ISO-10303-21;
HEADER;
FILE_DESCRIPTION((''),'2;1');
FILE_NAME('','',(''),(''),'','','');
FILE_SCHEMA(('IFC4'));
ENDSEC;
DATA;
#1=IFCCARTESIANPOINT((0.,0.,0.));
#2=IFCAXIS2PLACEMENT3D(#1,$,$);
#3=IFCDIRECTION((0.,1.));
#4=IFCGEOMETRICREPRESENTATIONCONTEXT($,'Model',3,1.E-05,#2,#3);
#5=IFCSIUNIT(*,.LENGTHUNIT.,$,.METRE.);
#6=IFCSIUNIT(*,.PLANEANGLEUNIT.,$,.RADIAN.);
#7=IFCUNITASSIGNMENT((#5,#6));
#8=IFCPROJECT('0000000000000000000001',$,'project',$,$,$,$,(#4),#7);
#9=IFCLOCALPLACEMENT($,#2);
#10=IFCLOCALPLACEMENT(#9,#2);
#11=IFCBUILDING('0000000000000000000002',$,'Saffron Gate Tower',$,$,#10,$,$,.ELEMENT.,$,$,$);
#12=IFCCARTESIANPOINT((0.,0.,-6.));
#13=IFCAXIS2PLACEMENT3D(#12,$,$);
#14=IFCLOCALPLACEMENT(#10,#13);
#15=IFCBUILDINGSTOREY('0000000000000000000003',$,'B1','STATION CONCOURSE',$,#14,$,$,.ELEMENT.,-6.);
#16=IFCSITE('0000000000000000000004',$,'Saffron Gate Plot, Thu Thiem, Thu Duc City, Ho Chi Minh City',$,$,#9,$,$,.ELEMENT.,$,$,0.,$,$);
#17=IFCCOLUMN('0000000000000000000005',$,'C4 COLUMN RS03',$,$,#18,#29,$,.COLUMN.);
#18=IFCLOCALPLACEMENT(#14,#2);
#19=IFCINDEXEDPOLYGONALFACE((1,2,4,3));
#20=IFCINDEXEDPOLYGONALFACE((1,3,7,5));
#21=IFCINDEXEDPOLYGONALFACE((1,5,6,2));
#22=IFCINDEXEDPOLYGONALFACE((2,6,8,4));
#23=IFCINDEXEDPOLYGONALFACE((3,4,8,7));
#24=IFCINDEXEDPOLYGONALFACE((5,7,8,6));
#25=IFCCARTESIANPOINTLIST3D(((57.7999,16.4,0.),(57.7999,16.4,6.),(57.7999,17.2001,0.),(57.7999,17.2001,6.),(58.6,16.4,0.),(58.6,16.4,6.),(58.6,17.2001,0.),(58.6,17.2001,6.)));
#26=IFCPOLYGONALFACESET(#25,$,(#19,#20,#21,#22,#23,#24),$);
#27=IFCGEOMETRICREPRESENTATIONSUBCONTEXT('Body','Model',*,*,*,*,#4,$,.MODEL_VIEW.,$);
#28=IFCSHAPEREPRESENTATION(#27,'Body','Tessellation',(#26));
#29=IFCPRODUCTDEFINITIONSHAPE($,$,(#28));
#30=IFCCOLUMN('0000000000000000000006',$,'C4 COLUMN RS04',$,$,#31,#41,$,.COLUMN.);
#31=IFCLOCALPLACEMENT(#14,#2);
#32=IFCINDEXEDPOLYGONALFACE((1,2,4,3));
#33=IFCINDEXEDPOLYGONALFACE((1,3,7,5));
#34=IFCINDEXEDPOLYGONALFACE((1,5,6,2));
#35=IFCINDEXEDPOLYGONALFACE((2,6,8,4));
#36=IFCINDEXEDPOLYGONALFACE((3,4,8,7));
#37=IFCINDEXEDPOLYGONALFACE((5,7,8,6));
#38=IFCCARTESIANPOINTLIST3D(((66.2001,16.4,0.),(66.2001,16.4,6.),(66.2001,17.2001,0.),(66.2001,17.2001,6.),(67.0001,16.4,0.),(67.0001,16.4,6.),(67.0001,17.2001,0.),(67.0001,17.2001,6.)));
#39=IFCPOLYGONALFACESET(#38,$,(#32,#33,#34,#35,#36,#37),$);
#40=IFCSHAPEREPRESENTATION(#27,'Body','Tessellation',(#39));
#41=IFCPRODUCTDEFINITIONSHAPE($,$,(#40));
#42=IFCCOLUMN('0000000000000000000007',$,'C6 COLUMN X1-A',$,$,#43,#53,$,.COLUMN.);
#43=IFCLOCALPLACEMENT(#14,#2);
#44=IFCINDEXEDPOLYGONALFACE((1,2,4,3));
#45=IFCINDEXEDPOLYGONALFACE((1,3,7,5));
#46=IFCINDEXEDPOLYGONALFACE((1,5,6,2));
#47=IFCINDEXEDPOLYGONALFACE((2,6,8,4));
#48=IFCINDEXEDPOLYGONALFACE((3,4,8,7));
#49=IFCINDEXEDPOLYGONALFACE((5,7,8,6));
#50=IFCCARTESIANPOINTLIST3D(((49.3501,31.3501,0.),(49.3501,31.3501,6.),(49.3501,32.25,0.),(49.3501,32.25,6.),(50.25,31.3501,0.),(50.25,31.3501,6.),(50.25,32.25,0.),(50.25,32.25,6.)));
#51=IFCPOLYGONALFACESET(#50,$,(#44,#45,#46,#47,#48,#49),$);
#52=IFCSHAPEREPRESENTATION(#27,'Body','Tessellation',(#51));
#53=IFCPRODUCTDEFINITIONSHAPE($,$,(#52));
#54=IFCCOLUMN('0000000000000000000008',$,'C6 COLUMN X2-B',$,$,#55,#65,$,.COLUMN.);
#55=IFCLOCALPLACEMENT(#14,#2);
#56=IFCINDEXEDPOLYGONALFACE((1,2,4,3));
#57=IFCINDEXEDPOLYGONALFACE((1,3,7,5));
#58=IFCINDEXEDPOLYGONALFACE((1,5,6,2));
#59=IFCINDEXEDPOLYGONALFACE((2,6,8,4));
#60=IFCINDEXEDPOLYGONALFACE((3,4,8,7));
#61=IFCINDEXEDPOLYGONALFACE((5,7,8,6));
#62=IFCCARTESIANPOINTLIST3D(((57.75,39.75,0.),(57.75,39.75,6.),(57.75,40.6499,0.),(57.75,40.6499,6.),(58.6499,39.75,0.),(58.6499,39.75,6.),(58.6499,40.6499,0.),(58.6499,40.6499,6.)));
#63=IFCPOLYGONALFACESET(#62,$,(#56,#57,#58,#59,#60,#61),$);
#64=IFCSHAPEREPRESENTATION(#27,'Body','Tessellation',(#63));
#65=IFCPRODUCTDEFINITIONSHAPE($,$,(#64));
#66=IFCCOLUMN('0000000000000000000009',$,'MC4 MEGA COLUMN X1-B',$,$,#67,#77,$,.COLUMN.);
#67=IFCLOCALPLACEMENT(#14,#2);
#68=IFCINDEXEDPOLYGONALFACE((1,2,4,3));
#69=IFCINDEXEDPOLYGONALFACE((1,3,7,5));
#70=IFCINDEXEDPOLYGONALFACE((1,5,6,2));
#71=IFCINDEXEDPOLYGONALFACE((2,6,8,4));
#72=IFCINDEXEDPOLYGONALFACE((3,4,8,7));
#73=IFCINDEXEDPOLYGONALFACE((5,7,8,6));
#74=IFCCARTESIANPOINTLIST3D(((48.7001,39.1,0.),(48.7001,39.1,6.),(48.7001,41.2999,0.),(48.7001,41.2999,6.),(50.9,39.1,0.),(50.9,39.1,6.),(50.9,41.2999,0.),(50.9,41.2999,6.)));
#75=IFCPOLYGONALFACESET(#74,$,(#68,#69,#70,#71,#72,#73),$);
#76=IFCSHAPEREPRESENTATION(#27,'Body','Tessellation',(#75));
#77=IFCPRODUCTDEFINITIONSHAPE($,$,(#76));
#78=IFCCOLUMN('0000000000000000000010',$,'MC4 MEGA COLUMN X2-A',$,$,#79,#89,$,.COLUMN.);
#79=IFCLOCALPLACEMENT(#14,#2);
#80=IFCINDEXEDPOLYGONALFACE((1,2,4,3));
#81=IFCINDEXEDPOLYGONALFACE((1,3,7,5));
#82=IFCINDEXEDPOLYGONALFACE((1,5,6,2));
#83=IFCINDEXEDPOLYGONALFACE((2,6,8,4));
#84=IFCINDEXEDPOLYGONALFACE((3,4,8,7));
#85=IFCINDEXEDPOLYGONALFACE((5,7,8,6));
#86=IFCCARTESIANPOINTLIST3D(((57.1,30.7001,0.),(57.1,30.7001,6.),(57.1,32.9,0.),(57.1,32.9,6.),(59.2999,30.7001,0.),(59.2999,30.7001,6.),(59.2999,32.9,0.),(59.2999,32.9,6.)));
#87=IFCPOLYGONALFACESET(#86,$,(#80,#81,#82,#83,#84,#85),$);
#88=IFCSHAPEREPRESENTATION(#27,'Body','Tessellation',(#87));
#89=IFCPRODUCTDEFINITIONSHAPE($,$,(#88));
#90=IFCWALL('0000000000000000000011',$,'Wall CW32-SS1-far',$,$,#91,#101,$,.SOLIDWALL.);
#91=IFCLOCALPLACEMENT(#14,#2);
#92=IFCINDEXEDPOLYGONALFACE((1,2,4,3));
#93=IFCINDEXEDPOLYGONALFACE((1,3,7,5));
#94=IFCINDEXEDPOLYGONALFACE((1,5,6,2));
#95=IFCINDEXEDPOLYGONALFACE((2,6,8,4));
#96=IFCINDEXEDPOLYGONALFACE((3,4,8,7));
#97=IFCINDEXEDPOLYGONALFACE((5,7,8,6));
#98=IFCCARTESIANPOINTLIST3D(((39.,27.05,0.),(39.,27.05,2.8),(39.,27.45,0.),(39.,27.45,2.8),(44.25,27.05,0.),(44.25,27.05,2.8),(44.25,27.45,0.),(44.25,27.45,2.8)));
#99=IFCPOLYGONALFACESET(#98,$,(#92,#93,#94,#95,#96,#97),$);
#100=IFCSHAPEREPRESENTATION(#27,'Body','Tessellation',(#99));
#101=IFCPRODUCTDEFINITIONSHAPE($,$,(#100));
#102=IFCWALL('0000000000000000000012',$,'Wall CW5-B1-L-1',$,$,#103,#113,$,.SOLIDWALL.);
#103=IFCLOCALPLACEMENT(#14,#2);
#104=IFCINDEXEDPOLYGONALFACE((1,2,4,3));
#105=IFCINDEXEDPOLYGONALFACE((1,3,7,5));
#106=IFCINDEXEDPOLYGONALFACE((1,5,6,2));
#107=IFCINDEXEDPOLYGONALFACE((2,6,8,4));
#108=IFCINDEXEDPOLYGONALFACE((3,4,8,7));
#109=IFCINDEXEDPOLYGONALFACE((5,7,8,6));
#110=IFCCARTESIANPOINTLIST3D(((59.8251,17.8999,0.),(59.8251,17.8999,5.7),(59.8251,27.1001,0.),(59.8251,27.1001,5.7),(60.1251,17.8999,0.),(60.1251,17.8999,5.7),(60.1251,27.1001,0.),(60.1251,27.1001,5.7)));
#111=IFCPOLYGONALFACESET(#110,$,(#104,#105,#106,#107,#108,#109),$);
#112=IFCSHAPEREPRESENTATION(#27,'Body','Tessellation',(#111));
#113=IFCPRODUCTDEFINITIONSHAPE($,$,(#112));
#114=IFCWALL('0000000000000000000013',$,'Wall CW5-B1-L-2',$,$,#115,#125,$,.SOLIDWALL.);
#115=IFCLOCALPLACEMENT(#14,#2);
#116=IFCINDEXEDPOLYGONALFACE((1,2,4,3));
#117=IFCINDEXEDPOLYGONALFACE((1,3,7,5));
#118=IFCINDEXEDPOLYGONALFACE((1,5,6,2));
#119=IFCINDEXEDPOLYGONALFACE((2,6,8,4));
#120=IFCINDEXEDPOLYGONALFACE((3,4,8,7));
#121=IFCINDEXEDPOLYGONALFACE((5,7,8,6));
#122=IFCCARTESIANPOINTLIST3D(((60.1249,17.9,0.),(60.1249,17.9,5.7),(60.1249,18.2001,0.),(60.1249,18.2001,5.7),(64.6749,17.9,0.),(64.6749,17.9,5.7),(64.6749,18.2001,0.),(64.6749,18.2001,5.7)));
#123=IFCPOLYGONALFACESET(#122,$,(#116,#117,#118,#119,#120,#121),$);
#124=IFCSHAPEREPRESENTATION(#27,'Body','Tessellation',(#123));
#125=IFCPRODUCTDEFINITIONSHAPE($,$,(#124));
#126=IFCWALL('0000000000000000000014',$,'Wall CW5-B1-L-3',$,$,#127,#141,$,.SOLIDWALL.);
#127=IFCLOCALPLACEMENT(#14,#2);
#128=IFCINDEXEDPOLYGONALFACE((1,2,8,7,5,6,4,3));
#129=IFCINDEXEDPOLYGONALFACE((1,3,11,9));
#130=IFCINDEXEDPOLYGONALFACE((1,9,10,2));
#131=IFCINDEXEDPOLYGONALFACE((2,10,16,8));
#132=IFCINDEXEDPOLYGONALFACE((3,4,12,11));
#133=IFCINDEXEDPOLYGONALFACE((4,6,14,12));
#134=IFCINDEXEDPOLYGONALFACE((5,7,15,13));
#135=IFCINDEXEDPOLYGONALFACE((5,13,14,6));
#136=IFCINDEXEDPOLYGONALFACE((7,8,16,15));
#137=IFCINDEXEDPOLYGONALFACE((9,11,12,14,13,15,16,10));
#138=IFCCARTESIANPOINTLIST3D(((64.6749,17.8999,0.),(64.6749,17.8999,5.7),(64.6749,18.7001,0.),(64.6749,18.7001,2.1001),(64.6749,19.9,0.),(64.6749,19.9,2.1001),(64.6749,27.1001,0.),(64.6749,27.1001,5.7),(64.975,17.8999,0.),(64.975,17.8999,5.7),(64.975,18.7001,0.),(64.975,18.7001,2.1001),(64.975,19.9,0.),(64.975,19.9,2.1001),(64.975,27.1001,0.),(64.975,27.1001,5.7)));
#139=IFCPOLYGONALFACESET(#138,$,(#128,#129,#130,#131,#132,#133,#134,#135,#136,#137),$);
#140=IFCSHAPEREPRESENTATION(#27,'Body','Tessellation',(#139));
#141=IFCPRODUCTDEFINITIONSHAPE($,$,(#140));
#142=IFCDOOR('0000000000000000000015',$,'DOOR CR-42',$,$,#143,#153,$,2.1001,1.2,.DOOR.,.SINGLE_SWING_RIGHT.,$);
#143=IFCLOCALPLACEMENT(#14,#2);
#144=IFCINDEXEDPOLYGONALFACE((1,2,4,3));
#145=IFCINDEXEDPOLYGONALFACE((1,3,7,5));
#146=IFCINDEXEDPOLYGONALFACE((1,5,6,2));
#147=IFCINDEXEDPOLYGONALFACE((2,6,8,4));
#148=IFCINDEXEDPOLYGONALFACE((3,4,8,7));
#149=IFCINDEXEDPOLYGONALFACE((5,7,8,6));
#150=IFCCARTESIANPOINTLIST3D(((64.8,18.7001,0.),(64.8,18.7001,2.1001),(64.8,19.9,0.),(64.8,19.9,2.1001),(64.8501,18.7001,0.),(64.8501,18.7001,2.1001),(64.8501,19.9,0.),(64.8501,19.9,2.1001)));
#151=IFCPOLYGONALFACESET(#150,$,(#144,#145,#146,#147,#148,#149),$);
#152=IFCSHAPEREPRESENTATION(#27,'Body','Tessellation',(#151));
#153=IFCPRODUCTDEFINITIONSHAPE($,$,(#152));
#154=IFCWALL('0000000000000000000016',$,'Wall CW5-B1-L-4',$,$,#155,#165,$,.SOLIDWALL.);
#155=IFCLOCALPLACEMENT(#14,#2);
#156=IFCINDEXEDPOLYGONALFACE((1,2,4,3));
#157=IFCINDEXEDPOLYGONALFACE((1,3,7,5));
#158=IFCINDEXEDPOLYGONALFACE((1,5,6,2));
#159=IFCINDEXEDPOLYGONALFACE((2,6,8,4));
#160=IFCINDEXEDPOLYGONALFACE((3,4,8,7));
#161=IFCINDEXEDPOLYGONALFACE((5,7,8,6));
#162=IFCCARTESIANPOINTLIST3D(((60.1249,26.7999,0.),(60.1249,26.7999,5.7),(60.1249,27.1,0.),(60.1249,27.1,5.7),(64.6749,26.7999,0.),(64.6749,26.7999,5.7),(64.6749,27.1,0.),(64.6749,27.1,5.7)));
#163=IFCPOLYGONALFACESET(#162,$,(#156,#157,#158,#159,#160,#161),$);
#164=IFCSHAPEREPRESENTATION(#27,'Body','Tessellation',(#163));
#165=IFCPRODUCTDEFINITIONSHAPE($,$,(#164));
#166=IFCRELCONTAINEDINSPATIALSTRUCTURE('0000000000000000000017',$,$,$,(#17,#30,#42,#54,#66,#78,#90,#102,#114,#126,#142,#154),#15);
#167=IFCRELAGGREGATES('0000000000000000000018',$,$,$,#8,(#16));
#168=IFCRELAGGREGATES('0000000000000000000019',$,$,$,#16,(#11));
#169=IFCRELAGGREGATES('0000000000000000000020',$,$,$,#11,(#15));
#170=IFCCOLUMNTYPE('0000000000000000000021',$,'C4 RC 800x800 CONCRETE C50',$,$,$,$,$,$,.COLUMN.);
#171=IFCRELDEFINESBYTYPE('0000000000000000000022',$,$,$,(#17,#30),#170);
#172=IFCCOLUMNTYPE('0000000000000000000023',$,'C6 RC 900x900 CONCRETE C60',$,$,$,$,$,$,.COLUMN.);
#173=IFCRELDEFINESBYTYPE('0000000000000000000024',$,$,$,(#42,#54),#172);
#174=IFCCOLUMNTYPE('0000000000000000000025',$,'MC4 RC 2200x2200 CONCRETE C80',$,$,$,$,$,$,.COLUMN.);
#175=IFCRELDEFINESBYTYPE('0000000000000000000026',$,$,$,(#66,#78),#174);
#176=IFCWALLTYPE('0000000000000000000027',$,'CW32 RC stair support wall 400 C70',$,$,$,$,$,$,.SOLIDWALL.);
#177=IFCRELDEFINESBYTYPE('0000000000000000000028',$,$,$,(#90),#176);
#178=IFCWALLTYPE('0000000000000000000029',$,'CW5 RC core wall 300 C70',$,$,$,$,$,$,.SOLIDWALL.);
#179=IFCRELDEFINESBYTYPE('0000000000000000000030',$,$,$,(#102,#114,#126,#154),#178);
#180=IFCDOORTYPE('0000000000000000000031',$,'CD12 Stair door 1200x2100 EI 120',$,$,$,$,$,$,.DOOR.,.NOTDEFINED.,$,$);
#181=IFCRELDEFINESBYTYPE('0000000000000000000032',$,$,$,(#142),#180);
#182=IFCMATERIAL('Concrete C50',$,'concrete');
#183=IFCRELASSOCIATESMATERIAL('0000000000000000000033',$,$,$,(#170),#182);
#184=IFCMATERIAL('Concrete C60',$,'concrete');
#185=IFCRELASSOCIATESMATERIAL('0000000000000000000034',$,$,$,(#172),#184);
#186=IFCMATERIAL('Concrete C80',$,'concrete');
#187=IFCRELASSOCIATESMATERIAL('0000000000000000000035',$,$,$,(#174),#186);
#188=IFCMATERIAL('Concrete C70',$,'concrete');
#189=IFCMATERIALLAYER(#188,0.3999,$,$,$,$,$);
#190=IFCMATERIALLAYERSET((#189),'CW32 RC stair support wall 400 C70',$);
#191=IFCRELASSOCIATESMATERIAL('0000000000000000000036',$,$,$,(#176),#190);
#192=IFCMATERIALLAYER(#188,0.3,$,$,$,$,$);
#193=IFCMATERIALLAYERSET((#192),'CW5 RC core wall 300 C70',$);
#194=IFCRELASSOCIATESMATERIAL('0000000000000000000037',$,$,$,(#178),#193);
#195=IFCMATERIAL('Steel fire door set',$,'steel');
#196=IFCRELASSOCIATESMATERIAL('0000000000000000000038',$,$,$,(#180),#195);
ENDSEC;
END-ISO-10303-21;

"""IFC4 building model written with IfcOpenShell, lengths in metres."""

from ifc_helpers import new_model, si_unit, direction, frame, frame_2d, origin, origin_2d, place, context, subcontext, project, spatial, rectangle, extrude, material, layer, layer_set, material_profile, profile_set, type_object, element, fill, save


model = new_model("IFC4")

# Units and contexts
model_context = context("Model", 3, precision=1e-05, world=origin(), true_north=direction((0.0, 1.0)))
body_context = subcontext(model_context, "Body", "Model", "MODEL_VIEW")
ifc_project = project(units=[si_unit("LENGTHUNIT", "METRE"), si_unit("PLANEANGLEUNIT", "RADIAN")], contexts=[model_context])

# Site, building, storey
site_placement = place(None, origin())
site = spatial("IfcSite", under=ifc_project, at=site_placement, Name="Saffron Gate Plot, Thu Thiem, Thu Duc City, Ho Chi Minh City", CompositionType="ELEMENT", RefElevation=0.0)
building_placement = place(site_placement, origin())
building = spatial("IfcBuilding", under=site, at=building_placement, Name="Saffron Gate Tower", CompositionType="ELEMENT")
storey_placement = place(building_placement, frame((0.0, 0.0, -6.0)))
storey = spatial("IfcBuildingStorey", under=building, at=storey_placement, Name="B1", Description="STATION CONCOURSE", CompositionType="ELEMENT", Elevation=-6.0)

# Columns
ifc_material_1 = material(Name="Concrete C50", Category="concrete")
ifc_material_profile_1 = material_profile(ifc_material_1, rectangle(XDim=0.8, YDim=0.8, at=origin_2d()))
ifc_profile_set_1 = profile_set([ifc_material_profile_1], Name="Concrete C50")
column_type_1 = type_object("IfcColumnType", Name="C4 RC 800x800 CONCRETE C50", PredefinedType="COLUMN", material=ifc_profile_set_1)
for number, where, z_axis, x_axis, name in (
    (1, (58.2, 16.8, 0.0), (0.0, 0.0, 1.0), (1.0, 0.0, 0.0), "C4 COLUMN RS03"),
    (2, (66.6001, 16.8, 0.0), (0.0, 0.0, 1.0), (1.0, 0.0, 0.0), "C4 COLUMN RS04"),
):
    element("IfcColumn", number, at=place(storey_placement, frame(where, z_axis=z_axis, x_axis=x_axis)), inside=storey, type_object=column_type_1, Name=name, PredefinedType="COLUMN", context=body_context, shape_type="SweptSolid", body=[
        extrude(rectangle(XDim=0.8, YDim=0.8, at=origin_2d()), origin(), (0.0, 0.0, 1.0), 6.0),
    ])
ifc_material_2 = material(Name="Concrete C60", Category="concrete")
ifc_material_profile_2 = material_profile(ifc_material_2, rectangle(XDim=0.8999, YDim=0.8999, at=origin_2d()))
ifc_profile_set_2 = profile_set([ifc_material_profile_2], Name="Concrete C60")
column_type_2 = type_object("IfcColumnType", Name="C6 RC 900x900 CONCRETE C60", PredefinedType="COLUMN", material=ifc_profile_set_2)
for number, where, z_axis, x_axis, name in (
    (3, (49.8, 31.8, 0.0), (0.0, 0.0, 1.0), (1.0, 0.0, 0.0), "C6 COLUMN X1-A"),
    (4, (58.2, 40.2, 0.0), (0.0, 0.0, 1.0), (1.0, 0.0, 0.0), "C6 COLUMN X2-B"),
):
    element("IfcColumn", number, at=place(storey_placement, frame(where, z_axis=z_axis, x_axis=x_axis)), inside=storey, type_object=column_type_2, Name=name, PredefinedType="COLUMN", context=body_context, shape_type="SweptSolid", body=[
        extrude(rectangle(XDim=0.8999, YDim=0.8999, at=origin_2d()), origin(), (0.0, 0.0, 1.0), 6.0),
    ])
ifc_material_3 = material(Name="Concrete C80", Category="concrete")
ifc_material_profile_3 = material_profile(ifc_material_3, rectangle(XDim=2.2, YDim=2.2, at=origin_2d()))
ifc_profile_set_3 = profile_set([ifc_material_profile_3], Name="Concrete C80")
column_type_3 = type_object("IfcColumnType", Name="MC4 RC 2200x2200 CONCRETE C80", PredefinedType="COLUMN", material=ifc_profile_set_3)
for number, where, z_axis, x_axis, name in (
    (5, (49.8, 40.2, 0.0), (0.0, 0.0, 1.0), (1.0, 0.0, 0.0), "MC4 MEGA COLUMN X1-B"),
    (6, (58.2, 31.8, 0.0), (0.0, 0.0, 1.0), (1.0, 0.0, 0.0), "MC4 MEGA COLUMN X2-A"),
):
    element("IfcColumn", number, at=place(storey_placement, frame(where, z_axis=z_axis, x_axis=x_axis)), inside=storey, type_object=column_type_3, Name=name, PredefinedType="COLUMN", context=body_context, shape_type="SweptSolid", body=[
        extrude(rectangle(XDim=2.2, YDim=2.2, at=origin_2d()), origin(), (0.0, 0.0, 1.0), 6.0),
    ])

# Walls
ifc_material_4 = material(Name="Concrete C70", Category="concrete")
ifc_layer_1 = layer(ifc_material_4, 0.3999)
ifc_layer_set_1 = layer_set([ifc_layer_1], Name="CW32 RC stair support wall 400 C70")
wall_type_1 = type_object("IfcWallType", Name="CW32 RC stair support wall 400 C70", PredefinedType="SOLIDWALL", material=ifc_layer_set_1)
wall_1_placement = place(storey_placement, frame((44.25, 27.25, 0.0), z_axis=(0.0, 0.0, 1.0), x_axis=(-1.0, 0.0, 0.0)))
element("IfcWall", 7, at=wall_1_placement, inside=storey, type_object=wall_type_1, Name="Wall CW32-SS1-far", PredefinedType="SOLIDWALL", context=body_context, shape_type="SweptSolid", body=[
    extrude(rectangle(XDim=5.25, YDim=0.3999, at=frame_2d((2.625, 0.0))), origin(), (0.0, 0.0, 1.0), 2.8),
])
ifc_layer_2 = layer(ifc_material_4, 0.3)
ifc_layer_set_2 = layer_set([ifc_layer_2], Name="CW5 RC core wall 300 C70")
wall_type_2 = type_object("IfcWallType", Name="CW5 RC core wall 300 C70", PredefinedType="SOLIDWALL", material=ifc_layer_set_2)
wall_2_placement = place(storey_placement, frame((59.9751, 17.8999, 0.0), z_axis=(0.0, 0.0, 1.0), x_axis=(0.0, 1.0, 0.0)))
element("IfcWall", 8, at=wall_2_placement, inside=storey, type_object=wall_type_2, Name="Wall CW5-B1-L-1", PredefinedType="SOLIDWALL", context=body_context, shape_type="SweptSolid", body=[
    extrude(rectangle(XDim=9.2002, YDim=0.3, at=frame_2d((4.6001, 0.0))), origin(), (0.0, 0.0, 1.0), 5.7),
])
wall_3_placement = place(storey_placement, frame((60.125, 18.05, 0.0), z_axis=(0.0, 0.0, 1.0), x_axis=(1.0, 0.0, 0.0)))
element("IfcWall", 9, at=wall_3_placement, inside=storey, type_object=wall_type_2, Name="Wall CW5-B1-L-2", PredefinedType="SOLIDWALL", context=body_context, shape_type="SweptSolid", body=[
    extrude(rectangle(XDim=4.55, YDim=0.3, at=frame_2d((2.2749, 0.0))), origin(), (0.0, 0.0, 1.0), 5.7),
])

# Wall, opening, door
wall_4_placement = place(storey_placement, frame((64.825, 17.8999, 0.0), z_axis=(0.0, 0.0, 1.0), x_axis=(0.0, 1.0, 0.0)))
wall_4 = element("IfcWall", 10, at=wall_4_placement, inside=storey, type_object=wall_type_2, Name="Wall CW5-B1-L-3", PredefinedType="SOLIDWALL", context=body_context, shape_type="SweptSolid", body=[
    extrude(rectangle(XDim=9.2002, YDim=0.3, at=frame_2d((4.6001, 0.0))), origin(), (0.0, 0.0, 1.0), 5.7),
])
opening_placement = place(wall_4_placement, frame((0.8, 0.0, 0.0)))
opening = element("IfcOpeningElement", 11, at=opening_placement, cuts=wall_4, PredefinedType="OPENING", context=body_context, shape_type="SweptSolid", body=[
    extrude(rectangle(XDim=1.2, YDim=2.1001, at=frame_2d((0.6001, 1.05))), frame((0.0, 0.1602, 0.0), z_axis=(0.0, -1.0, 0.0), x_axis=(1.0, 0.0, 0.0)), (0.0, 0.0, 1.0), 0.3201),
])
ifc_material_5 = material(Name="Steel fire door set", Category="steel")
door_type = type_object("IfcDoorType", Name="CD12 Stair door 1200x2100 EI 120", OperationType="NOTDEFINED", PredefinedType="DOOR", material=ifc_material_5)
door_placement = place(opening_placement, origin())
door = element("IfcDoor", 12, at=door_placement, inside=storey, type_object=door_type, Name="DOOR CR-42", OperationType="SINGLE_SWING_RIGHT", OverallHeight=2.1001, OverallWidth=1.2, PredefinedType="DOOR", context=body_context, shape_type="SweptSolid", body=[
    extrude(rectangle(XDim=1.2, YDim=2.1001, at=frame_2d((0.6001, 1.05))), frame((0.0, 0.0249, 0.0), z_axis=(0.0, -1.0, 0.0), x_axis=(1.0, 0.0, 0.0)), (0.0, 0.0, 1.0), 0.05),
])
fill(opening, door)

# Wall
wall_5_placement = place(storey_placement, frame((60.125, 26.95, 0.0), z_axis=(0.0, 0.0, 1.0), x_axis=(1.0, 0.0, 0.0)))
element("IfcWall", 13, at=wall_5_placement, inside=storey, type_object=wall_type_2, Name="Wall CW5-B1-L-4", PredefinedType="SOLIDWALL", context=body_context, shape_type="SweptSolid", body=[
    extrude(rectangle(XDim=4.55, YDim=0.3, at=frame_2d((2.2749, 0.0))), origin(), (0.0, 0.0, 1.0), 5.7),
])

save(model, "model.ifc")
